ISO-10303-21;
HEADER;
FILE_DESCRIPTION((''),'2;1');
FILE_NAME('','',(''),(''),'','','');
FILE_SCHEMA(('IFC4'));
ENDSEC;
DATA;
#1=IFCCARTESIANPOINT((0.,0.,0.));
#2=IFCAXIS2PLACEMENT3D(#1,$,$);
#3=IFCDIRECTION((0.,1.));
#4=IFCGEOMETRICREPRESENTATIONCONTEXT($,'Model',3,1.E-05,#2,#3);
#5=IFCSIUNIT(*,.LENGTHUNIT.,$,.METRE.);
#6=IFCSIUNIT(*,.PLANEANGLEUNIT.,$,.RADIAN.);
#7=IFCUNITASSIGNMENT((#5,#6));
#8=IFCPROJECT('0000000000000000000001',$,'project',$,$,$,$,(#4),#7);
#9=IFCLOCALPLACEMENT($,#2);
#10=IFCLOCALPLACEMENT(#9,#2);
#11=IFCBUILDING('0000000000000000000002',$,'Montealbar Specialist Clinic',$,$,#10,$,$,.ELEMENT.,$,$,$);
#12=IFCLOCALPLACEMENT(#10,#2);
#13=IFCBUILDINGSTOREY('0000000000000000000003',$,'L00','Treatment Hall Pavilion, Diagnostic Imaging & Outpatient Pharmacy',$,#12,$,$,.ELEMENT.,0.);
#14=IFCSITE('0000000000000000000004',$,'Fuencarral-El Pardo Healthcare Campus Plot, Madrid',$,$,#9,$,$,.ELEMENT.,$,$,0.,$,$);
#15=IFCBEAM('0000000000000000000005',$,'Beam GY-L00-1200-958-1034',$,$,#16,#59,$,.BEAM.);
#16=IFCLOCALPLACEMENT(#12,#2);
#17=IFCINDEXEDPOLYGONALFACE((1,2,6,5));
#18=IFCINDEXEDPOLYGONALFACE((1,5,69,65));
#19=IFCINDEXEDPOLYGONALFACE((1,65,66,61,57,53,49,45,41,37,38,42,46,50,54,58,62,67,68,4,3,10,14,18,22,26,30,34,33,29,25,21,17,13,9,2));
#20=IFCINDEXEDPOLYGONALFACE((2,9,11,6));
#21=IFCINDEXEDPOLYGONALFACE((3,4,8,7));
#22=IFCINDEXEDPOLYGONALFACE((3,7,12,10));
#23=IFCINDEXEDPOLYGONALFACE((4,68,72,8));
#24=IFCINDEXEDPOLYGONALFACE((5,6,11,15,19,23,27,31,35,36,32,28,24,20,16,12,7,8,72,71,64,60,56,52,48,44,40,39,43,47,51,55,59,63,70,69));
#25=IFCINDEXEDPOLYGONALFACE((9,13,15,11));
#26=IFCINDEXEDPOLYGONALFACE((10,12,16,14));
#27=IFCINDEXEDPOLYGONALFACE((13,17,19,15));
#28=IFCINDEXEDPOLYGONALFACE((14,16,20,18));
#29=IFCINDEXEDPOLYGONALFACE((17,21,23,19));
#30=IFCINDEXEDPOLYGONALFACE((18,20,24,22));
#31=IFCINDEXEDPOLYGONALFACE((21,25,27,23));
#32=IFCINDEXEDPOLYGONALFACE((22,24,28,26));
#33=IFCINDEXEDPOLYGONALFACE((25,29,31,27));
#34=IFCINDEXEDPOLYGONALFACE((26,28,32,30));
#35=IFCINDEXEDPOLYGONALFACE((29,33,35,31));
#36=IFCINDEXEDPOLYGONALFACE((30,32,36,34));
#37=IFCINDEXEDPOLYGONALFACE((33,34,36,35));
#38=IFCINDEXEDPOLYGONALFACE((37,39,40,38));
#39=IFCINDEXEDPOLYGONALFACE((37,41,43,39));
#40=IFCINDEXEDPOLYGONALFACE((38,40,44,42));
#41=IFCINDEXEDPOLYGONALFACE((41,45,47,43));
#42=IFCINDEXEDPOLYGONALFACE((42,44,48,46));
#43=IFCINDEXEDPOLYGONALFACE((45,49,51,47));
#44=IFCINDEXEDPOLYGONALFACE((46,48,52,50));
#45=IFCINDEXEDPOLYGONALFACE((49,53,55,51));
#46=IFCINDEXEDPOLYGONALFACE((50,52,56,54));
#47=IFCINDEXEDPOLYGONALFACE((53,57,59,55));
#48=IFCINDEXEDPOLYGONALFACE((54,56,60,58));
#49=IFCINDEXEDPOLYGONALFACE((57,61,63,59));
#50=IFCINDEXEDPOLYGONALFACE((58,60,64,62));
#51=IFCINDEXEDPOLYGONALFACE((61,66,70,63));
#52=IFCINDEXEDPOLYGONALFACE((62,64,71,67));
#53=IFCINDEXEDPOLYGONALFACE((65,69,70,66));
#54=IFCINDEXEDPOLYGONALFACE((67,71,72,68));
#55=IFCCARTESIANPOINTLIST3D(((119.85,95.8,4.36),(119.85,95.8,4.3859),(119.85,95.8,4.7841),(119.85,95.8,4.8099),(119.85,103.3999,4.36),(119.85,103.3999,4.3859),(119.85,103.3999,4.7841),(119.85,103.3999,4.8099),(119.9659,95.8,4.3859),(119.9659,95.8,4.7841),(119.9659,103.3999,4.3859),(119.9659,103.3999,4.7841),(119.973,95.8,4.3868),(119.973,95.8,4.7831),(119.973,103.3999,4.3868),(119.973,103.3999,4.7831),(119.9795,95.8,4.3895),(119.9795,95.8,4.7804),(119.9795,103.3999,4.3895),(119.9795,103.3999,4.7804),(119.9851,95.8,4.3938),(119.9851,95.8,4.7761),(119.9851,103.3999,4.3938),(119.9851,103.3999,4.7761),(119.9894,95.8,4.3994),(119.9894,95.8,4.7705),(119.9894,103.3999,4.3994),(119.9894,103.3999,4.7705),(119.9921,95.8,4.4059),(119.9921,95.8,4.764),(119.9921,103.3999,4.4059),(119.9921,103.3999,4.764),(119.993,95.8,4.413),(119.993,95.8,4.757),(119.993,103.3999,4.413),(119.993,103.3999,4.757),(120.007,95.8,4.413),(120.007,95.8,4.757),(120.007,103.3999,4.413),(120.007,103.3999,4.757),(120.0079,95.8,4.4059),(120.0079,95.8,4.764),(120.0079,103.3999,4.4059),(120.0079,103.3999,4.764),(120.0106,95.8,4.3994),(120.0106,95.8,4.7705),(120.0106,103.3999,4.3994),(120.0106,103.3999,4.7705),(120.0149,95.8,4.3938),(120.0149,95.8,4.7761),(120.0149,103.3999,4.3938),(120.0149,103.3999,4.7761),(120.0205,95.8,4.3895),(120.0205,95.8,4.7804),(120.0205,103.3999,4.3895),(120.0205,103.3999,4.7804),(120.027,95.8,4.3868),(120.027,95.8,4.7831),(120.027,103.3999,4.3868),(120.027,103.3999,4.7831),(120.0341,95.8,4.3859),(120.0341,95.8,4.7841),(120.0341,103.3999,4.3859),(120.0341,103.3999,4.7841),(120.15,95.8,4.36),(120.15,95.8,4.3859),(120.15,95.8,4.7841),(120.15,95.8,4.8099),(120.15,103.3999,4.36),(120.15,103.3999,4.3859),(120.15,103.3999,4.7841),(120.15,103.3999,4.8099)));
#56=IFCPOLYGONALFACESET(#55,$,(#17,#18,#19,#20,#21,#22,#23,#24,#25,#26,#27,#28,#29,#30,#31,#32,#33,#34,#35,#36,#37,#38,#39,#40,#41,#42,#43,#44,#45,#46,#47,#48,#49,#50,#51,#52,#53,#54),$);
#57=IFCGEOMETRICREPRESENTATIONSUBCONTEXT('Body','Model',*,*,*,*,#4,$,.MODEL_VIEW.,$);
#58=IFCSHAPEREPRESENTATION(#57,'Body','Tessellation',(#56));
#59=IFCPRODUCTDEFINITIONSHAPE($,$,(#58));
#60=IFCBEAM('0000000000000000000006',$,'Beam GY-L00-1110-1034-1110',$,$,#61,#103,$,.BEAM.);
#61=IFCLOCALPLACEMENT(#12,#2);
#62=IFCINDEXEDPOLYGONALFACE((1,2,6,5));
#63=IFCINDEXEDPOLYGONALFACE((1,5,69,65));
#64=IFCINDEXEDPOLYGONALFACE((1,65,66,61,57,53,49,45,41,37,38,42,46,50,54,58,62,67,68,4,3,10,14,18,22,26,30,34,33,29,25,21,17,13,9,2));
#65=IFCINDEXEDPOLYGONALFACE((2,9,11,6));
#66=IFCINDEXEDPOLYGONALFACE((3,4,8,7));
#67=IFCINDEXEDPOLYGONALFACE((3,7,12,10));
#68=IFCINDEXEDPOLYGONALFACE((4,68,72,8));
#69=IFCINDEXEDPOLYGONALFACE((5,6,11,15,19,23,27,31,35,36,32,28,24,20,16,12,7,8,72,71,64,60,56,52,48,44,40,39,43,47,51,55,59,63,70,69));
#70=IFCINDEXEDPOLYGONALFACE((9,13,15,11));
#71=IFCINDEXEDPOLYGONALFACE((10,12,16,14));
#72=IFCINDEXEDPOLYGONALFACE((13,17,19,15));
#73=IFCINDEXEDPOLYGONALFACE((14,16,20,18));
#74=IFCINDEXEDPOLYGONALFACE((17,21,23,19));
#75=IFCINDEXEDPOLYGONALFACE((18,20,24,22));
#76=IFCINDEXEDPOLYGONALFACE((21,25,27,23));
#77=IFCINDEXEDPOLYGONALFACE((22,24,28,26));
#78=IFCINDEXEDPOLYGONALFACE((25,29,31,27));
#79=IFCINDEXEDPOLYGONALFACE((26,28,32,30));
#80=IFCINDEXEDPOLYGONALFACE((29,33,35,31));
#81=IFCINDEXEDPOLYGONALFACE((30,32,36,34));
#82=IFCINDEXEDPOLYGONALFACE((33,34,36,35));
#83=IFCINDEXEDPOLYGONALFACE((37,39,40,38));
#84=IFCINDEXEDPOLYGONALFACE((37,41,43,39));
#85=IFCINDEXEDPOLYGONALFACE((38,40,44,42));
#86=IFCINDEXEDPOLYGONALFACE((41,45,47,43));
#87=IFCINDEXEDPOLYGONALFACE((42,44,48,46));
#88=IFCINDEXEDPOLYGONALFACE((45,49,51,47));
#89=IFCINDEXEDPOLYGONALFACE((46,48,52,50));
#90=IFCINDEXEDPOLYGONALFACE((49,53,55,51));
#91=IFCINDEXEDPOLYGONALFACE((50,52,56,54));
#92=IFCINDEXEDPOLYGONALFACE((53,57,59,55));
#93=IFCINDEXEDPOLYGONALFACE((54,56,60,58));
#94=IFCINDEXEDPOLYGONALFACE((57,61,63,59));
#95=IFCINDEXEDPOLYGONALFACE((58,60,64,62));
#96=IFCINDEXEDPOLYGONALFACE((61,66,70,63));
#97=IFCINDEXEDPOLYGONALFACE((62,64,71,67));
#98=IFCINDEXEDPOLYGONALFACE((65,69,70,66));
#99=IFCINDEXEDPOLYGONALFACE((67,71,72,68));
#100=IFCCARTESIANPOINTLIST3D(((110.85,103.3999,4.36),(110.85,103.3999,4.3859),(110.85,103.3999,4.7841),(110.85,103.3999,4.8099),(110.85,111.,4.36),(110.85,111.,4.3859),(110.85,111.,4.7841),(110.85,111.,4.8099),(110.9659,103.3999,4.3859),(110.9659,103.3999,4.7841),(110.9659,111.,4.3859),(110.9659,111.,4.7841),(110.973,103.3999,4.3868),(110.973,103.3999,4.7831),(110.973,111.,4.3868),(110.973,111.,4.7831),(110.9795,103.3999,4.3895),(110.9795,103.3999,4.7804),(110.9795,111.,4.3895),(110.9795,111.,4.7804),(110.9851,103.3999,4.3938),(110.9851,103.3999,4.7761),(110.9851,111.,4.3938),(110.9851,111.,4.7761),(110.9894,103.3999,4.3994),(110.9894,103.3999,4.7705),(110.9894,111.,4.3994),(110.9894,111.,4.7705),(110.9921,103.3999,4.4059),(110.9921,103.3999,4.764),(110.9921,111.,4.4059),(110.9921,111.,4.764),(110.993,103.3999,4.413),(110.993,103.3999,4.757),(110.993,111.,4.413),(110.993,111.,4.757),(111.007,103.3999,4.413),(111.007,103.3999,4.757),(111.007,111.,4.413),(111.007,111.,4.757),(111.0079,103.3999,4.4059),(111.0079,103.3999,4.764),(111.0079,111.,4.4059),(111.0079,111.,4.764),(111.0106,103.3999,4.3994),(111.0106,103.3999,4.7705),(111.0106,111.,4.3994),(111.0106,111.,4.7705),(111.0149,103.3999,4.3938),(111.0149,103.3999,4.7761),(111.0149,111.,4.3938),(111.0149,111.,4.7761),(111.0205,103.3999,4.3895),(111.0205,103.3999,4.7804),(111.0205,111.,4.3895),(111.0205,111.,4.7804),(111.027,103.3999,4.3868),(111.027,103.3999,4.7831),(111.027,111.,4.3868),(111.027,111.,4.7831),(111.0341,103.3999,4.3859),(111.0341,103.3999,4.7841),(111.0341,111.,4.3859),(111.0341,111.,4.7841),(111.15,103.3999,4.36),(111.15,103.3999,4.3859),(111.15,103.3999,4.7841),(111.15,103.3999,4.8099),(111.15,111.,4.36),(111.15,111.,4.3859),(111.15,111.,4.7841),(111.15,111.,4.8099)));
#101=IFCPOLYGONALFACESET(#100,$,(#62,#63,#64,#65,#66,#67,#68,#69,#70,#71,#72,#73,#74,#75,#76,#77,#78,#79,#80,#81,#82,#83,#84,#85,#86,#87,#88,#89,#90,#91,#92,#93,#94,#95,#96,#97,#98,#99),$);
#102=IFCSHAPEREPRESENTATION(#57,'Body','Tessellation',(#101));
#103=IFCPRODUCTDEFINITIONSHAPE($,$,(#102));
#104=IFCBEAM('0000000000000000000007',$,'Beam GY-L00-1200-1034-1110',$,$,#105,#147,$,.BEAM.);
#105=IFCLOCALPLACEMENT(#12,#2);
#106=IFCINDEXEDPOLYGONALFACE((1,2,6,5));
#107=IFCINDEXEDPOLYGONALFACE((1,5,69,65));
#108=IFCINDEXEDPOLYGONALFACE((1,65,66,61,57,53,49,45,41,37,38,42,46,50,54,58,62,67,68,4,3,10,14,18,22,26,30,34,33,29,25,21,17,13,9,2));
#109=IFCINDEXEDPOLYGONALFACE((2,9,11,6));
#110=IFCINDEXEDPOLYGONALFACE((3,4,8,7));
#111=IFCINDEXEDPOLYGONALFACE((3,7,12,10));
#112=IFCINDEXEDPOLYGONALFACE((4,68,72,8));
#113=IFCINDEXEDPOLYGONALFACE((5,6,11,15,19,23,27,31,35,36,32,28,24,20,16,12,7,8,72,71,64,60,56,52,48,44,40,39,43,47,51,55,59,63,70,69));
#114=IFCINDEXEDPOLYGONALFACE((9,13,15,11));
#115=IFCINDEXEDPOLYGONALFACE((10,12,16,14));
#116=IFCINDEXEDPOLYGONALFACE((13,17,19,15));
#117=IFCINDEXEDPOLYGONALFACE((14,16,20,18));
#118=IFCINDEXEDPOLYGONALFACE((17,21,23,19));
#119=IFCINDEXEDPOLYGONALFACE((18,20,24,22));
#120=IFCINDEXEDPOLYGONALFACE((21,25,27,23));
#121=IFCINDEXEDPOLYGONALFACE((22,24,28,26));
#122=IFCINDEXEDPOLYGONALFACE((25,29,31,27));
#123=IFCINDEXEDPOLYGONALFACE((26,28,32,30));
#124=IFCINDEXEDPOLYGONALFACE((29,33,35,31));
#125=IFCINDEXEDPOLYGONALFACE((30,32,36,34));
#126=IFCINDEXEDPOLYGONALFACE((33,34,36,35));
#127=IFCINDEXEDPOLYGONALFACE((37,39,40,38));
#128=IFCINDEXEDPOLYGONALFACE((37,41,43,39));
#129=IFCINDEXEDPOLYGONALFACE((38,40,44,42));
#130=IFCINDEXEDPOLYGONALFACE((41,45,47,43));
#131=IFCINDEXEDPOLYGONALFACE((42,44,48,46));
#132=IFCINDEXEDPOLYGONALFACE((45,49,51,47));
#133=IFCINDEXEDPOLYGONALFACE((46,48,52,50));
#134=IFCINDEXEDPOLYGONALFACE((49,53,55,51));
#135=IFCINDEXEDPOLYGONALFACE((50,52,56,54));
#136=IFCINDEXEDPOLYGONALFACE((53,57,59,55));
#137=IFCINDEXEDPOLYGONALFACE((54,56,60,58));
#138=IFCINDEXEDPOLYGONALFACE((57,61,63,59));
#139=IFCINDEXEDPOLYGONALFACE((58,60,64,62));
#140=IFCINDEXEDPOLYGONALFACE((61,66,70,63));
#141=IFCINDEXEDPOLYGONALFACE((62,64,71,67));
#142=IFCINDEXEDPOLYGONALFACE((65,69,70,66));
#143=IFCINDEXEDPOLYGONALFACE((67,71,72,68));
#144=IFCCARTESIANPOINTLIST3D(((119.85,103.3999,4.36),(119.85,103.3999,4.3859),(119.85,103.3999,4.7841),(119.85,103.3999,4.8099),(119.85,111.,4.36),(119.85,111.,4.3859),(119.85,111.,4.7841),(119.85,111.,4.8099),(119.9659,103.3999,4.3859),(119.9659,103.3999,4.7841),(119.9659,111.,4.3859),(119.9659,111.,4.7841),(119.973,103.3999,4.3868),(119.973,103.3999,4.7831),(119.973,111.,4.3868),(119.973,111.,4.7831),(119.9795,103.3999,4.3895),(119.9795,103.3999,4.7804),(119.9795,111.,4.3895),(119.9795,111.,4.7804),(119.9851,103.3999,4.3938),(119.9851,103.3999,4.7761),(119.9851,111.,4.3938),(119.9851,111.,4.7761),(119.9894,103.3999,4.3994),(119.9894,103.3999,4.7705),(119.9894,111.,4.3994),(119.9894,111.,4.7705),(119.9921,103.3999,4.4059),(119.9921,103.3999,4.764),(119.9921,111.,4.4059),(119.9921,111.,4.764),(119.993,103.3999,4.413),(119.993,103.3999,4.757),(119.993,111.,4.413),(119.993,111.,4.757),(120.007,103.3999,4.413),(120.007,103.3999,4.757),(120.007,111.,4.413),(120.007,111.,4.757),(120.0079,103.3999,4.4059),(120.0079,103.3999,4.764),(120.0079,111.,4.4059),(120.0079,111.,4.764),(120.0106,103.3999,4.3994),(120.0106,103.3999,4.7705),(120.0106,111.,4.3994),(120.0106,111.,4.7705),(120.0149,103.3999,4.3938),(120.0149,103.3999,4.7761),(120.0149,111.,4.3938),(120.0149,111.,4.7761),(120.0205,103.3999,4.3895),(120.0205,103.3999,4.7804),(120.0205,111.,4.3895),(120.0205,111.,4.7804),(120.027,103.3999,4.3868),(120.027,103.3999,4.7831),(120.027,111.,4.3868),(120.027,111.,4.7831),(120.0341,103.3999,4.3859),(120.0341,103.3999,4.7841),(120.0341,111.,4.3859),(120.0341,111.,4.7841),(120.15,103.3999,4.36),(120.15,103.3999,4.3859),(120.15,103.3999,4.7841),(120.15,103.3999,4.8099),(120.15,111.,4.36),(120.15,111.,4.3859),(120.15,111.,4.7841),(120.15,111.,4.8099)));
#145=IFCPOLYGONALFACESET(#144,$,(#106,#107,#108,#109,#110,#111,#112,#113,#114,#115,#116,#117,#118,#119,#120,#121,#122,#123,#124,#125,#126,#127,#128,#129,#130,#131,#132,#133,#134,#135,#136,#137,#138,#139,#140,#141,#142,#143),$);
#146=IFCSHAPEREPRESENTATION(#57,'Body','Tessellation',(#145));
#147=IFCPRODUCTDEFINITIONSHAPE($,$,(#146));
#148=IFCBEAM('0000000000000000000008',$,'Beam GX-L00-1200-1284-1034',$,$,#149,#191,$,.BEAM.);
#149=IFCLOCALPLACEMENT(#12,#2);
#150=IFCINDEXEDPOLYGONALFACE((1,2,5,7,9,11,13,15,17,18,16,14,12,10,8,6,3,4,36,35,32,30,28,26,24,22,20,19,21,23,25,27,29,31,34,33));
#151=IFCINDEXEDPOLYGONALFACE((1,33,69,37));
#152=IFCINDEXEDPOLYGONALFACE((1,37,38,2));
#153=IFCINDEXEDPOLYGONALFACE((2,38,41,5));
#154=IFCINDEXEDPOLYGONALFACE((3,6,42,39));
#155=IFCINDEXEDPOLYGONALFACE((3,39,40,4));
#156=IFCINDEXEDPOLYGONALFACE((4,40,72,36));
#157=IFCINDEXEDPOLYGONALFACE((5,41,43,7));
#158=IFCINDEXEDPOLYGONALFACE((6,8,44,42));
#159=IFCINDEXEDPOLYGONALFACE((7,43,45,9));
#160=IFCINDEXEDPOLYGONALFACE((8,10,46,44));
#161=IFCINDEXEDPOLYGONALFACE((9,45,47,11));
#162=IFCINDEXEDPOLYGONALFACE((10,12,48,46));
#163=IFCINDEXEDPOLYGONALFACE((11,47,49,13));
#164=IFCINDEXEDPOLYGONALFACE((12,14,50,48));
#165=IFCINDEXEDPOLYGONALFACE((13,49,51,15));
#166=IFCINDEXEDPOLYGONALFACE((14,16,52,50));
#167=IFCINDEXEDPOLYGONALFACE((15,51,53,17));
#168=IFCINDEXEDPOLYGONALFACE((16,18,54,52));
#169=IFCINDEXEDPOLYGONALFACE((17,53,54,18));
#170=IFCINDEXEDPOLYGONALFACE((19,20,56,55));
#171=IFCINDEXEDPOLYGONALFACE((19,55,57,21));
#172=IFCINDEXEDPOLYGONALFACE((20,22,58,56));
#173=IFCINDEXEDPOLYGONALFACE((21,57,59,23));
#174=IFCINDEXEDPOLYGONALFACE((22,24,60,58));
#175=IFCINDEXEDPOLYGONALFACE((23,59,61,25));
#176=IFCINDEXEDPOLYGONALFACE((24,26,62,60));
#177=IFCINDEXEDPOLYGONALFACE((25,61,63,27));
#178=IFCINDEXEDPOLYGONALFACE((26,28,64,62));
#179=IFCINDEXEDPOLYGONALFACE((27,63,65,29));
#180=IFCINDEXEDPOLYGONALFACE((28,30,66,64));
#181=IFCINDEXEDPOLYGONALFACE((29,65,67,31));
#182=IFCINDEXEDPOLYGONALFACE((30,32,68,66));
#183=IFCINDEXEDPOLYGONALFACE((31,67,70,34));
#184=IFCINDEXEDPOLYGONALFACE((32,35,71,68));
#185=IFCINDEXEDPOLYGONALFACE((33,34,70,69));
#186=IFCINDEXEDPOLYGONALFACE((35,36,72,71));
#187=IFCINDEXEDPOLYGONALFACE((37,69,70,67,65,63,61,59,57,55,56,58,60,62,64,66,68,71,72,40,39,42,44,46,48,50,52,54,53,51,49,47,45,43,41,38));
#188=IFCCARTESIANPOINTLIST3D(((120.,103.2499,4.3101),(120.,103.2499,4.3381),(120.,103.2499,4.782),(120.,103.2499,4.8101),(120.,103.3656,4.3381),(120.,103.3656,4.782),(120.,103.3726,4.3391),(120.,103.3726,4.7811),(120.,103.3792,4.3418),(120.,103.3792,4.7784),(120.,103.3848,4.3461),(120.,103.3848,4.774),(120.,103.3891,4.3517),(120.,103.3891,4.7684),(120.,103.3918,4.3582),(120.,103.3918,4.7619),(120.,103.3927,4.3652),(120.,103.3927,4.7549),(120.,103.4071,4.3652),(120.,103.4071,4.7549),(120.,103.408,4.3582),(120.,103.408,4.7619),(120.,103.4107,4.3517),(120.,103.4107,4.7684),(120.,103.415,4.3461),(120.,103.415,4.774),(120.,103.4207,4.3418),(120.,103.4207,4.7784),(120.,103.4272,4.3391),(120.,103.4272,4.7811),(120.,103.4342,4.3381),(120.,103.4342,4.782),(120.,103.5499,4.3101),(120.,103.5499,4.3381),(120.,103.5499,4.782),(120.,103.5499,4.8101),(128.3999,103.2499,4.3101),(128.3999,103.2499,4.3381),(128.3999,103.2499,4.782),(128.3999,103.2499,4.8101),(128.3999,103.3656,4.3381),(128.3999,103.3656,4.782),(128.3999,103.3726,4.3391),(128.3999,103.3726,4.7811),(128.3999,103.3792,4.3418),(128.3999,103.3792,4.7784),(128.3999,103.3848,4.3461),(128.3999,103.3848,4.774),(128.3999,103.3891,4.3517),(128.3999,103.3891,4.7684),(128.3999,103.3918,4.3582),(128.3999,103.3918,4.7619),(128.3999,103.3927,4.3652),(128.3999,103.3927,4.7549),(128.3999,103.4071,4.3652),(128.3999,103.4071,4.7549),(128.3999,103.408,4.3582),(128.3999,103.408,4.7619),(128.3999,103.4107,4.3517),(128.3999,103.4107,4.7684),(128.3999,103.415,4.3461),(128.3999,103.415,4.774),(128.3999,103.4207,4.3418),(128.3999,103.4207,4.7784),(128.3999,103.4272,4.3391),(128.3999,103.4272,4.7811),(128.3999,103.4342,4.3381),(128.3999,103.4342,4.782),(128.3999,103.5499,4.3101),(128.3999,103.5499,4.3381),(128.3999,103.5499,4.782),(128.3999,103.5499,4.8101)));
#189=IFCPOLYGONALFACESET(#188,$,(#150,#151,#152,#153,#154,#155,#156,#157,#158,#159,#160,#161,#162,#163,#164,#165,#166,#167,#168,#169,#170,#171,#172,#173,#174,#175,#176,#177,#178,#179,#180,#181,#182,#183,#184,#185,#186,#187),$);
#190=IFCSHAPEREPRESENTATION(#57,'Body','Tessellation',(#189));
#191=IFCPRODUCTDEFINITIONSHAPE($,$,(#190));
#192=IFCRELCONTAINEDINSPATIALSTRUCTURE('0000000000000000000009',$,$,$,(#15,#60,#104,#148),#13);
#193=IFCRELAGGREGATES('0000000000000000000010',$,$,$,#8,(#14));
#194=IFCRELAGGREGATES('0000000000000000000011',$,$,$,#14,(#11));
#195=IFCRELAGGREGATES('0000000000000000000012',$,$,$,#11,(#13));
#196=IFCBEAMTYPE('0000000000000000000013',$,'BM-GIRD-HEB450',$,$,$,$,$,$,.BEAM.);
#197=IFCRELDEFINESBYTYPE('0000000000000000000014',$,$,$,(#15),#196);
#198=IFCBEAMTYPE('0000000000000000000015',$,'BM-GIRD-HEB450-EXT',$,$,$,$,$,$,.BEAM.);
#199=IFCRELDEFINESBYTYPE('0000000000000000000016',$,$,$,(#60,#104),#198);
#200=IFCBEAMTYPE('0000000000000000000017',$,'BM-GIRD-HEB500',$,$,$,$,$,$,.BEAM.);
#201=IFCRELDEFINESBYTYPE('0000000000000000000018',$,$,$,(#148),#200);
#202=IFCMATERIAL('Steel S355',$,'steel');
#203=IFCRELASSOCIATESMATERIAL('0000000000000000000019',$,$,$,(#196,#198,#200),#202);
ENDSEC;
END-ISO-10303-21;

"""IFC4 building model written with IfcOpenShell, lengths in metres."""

from ifc_helpers import new_model, si_unit, direction, frame, origin, origin_2d, place, context, subcontext, project, spatial, i_section, extrude, material, material_profile, profile_set, type_object, element, save


model = new_model("IFC4")

# Units and contexts
model_context = context("Model", 3, precision=1e-05, world=origin(), true_north=direction((0.0, 1.0)))
body_context = subcontext(model_context, "Body", "Model", "MODEL_VIEW")
ifc_project = project(units=[si_unit("LENGTHUNIT", "METRE"), si_unit("PLANEANGLEUNIT", "RADIAN")], contexts=[model_context])

# Site, building, storey
site_placement = place(None, origin())
site = spatial("IfcSite", under=ifc_project, at=site_placement, Name="Fuencarral-El Pardo Healthcare Campus Plot, Madrid", CompositionType="ELEMENT", RefElevation=0.0)
building_placement = place(site_placement, origin())
building = spatial("IfcBuilding", under=site, at=building_placement, Name="Montealbar Specialist Clinic", CompositionType="ELEMENT")
storey_placement = place(building_placement, origin())
storey = spatial("IfcBuildingStorey", under=building, at=storey_placement, Name="L00", Description="Treatment Hall Pavilion, Diagnostic Imaging & Outpatient Pharmacy", CompositionType="ELEMENT", Elevation=0.0)

# Shared definitions
ifc_material_1 = material(Name="Steel S355", Category="steel")

# Beams
ifc_material_profile_1 = material_profile(ifc_material_1, i_section(OverallWidth=0.3, OverallDepth=0.45, WebThickness=0.0139, FlangeThickness=0.0259, FilletRadius=0.0271, at=origin_2d()), Name="HEB 450", Category="steel")
ifc_profile_set_1 = profile_set([ifc_material_profile_1], Name="Steel S355")
beam_type_1 = type_object("IfcBeamType", Name="BM-GIRD-HEB450", PredefinedType="BEAM", material=ifc_profile_set_1)
beam_1_placement = place(storey_placement, frame((120.0, 95.8, 4.585), z_axis=(0.0, 1.0, 0.0), x_axis=(-1.0, 0.0, 0.0)))
element("IfcBeam", 1, at=beam_1_placement, inside=storey, type_object=beam_type_1, Name="Beam GY-L00-1200-958-1034", PredefinedType="BEAM", context=body_context, shape_type="SweptSolid", body=[
    extrude(i_section(OverallWidth=0.3, OverallDepth=0.45, WebThickness=0.0139, FlangeThickness=0.0259, FilletRadius=0.0271, at=origin_2d()), origin(), (0.0, 0.0, 1.0), 7.5999),
])
ifc_material_profile_2 = material_profile(ifc_material_1, i_section(OverallWidth=0.3, OverallDepth=0.45, WebThickness=0.0139, FlangeThickness=0.0259, FilletRadius=0.0271, at=origin_2d()), Name="HEB 450", Category="steel")
ifc_profile_set_2 = profile_set([ifc_material_profile_2], Name="Steel S355")
beam_type_2 = type_object("IfcBeamType", Name="BM-GIRD-HEB450-EXT", PredefinedType="BEAM", material=ifc_profile_set_2)
for number, where, z_axis, x_axis, name in (
    (2, (111.0, 103.3999, 4.585), (0.0, 1.0, 0.0), (-1.0, 0.0, 0.0), "Beam GY-L00-1110-1034-1110"),
    (3, (120.0, 103.3999, 4.585), (0.0, 1.0, 0.0), (-1.0, 0.0, 0.0), "Beam GY-L00-1200-1034-1110"),
):
    element("IfcBeam", number, at=place(storey_placement, frame(where, z_axis=z_axis, x_axis=x_axis)), inside=storey, type_object=beam_type_2, Name=name, PredefinedType="BEAM", context=body_context, shape_type="SweptSolid", body=[
        extrude(i_section(OverallWidth=0.3, OverallDepth=0.45, WebThickness=0.0139, FlangeThickness=0.0259, FilletRadius=0.0271, at=origin_2d()), origin(), (0.0, 0.0, 1.0), 7.6001),
    ])
ifc_material_profile_3 = material_profile(ifc_material_1, i_section(OverallWidth=0.3, OverallDepth=0.5, WebThickness=0.0144, FlangeThickness=0.0281, FilletRadius=0.0271, at=origin_2d()), Name="HEB 500", Category="steel")
ifc_profile_set_3 = profile_set([ifc_material_profile_3], Name="Steel S355")
beam_type_3 = type_object("IfcBeamType", Name="BM-GIRD-HEB500", PredefinedType="BEAM", material=ifc_profile_set_3)
beam_2_placement = place(storey_placement, frame((120.0, 103.3999, 4.5601), z_axis=(1.0, 0.0, 0.0), x_axis=(0.0, 1.0, 0.0)))
element("IfcBeam", 4, at=beam_2_placement, inside=storey, type_object=beam_type_3, Name="Beam GX-L00-1200-1284-1034", PredefinedType="BEAM", context=body_context, shape_type="SweptSolid", body=[
    extrude(i_section(OverallWidth=0.3, OverallDepth=0.5, WebThickness=0.0144, FlangeThickness=0.0281, FilletRadius=0.0271, at=origin_2d()), origin(), (0.0, 0.0, 1.0), 8.3999),
])

save(model, "model.ifc")
